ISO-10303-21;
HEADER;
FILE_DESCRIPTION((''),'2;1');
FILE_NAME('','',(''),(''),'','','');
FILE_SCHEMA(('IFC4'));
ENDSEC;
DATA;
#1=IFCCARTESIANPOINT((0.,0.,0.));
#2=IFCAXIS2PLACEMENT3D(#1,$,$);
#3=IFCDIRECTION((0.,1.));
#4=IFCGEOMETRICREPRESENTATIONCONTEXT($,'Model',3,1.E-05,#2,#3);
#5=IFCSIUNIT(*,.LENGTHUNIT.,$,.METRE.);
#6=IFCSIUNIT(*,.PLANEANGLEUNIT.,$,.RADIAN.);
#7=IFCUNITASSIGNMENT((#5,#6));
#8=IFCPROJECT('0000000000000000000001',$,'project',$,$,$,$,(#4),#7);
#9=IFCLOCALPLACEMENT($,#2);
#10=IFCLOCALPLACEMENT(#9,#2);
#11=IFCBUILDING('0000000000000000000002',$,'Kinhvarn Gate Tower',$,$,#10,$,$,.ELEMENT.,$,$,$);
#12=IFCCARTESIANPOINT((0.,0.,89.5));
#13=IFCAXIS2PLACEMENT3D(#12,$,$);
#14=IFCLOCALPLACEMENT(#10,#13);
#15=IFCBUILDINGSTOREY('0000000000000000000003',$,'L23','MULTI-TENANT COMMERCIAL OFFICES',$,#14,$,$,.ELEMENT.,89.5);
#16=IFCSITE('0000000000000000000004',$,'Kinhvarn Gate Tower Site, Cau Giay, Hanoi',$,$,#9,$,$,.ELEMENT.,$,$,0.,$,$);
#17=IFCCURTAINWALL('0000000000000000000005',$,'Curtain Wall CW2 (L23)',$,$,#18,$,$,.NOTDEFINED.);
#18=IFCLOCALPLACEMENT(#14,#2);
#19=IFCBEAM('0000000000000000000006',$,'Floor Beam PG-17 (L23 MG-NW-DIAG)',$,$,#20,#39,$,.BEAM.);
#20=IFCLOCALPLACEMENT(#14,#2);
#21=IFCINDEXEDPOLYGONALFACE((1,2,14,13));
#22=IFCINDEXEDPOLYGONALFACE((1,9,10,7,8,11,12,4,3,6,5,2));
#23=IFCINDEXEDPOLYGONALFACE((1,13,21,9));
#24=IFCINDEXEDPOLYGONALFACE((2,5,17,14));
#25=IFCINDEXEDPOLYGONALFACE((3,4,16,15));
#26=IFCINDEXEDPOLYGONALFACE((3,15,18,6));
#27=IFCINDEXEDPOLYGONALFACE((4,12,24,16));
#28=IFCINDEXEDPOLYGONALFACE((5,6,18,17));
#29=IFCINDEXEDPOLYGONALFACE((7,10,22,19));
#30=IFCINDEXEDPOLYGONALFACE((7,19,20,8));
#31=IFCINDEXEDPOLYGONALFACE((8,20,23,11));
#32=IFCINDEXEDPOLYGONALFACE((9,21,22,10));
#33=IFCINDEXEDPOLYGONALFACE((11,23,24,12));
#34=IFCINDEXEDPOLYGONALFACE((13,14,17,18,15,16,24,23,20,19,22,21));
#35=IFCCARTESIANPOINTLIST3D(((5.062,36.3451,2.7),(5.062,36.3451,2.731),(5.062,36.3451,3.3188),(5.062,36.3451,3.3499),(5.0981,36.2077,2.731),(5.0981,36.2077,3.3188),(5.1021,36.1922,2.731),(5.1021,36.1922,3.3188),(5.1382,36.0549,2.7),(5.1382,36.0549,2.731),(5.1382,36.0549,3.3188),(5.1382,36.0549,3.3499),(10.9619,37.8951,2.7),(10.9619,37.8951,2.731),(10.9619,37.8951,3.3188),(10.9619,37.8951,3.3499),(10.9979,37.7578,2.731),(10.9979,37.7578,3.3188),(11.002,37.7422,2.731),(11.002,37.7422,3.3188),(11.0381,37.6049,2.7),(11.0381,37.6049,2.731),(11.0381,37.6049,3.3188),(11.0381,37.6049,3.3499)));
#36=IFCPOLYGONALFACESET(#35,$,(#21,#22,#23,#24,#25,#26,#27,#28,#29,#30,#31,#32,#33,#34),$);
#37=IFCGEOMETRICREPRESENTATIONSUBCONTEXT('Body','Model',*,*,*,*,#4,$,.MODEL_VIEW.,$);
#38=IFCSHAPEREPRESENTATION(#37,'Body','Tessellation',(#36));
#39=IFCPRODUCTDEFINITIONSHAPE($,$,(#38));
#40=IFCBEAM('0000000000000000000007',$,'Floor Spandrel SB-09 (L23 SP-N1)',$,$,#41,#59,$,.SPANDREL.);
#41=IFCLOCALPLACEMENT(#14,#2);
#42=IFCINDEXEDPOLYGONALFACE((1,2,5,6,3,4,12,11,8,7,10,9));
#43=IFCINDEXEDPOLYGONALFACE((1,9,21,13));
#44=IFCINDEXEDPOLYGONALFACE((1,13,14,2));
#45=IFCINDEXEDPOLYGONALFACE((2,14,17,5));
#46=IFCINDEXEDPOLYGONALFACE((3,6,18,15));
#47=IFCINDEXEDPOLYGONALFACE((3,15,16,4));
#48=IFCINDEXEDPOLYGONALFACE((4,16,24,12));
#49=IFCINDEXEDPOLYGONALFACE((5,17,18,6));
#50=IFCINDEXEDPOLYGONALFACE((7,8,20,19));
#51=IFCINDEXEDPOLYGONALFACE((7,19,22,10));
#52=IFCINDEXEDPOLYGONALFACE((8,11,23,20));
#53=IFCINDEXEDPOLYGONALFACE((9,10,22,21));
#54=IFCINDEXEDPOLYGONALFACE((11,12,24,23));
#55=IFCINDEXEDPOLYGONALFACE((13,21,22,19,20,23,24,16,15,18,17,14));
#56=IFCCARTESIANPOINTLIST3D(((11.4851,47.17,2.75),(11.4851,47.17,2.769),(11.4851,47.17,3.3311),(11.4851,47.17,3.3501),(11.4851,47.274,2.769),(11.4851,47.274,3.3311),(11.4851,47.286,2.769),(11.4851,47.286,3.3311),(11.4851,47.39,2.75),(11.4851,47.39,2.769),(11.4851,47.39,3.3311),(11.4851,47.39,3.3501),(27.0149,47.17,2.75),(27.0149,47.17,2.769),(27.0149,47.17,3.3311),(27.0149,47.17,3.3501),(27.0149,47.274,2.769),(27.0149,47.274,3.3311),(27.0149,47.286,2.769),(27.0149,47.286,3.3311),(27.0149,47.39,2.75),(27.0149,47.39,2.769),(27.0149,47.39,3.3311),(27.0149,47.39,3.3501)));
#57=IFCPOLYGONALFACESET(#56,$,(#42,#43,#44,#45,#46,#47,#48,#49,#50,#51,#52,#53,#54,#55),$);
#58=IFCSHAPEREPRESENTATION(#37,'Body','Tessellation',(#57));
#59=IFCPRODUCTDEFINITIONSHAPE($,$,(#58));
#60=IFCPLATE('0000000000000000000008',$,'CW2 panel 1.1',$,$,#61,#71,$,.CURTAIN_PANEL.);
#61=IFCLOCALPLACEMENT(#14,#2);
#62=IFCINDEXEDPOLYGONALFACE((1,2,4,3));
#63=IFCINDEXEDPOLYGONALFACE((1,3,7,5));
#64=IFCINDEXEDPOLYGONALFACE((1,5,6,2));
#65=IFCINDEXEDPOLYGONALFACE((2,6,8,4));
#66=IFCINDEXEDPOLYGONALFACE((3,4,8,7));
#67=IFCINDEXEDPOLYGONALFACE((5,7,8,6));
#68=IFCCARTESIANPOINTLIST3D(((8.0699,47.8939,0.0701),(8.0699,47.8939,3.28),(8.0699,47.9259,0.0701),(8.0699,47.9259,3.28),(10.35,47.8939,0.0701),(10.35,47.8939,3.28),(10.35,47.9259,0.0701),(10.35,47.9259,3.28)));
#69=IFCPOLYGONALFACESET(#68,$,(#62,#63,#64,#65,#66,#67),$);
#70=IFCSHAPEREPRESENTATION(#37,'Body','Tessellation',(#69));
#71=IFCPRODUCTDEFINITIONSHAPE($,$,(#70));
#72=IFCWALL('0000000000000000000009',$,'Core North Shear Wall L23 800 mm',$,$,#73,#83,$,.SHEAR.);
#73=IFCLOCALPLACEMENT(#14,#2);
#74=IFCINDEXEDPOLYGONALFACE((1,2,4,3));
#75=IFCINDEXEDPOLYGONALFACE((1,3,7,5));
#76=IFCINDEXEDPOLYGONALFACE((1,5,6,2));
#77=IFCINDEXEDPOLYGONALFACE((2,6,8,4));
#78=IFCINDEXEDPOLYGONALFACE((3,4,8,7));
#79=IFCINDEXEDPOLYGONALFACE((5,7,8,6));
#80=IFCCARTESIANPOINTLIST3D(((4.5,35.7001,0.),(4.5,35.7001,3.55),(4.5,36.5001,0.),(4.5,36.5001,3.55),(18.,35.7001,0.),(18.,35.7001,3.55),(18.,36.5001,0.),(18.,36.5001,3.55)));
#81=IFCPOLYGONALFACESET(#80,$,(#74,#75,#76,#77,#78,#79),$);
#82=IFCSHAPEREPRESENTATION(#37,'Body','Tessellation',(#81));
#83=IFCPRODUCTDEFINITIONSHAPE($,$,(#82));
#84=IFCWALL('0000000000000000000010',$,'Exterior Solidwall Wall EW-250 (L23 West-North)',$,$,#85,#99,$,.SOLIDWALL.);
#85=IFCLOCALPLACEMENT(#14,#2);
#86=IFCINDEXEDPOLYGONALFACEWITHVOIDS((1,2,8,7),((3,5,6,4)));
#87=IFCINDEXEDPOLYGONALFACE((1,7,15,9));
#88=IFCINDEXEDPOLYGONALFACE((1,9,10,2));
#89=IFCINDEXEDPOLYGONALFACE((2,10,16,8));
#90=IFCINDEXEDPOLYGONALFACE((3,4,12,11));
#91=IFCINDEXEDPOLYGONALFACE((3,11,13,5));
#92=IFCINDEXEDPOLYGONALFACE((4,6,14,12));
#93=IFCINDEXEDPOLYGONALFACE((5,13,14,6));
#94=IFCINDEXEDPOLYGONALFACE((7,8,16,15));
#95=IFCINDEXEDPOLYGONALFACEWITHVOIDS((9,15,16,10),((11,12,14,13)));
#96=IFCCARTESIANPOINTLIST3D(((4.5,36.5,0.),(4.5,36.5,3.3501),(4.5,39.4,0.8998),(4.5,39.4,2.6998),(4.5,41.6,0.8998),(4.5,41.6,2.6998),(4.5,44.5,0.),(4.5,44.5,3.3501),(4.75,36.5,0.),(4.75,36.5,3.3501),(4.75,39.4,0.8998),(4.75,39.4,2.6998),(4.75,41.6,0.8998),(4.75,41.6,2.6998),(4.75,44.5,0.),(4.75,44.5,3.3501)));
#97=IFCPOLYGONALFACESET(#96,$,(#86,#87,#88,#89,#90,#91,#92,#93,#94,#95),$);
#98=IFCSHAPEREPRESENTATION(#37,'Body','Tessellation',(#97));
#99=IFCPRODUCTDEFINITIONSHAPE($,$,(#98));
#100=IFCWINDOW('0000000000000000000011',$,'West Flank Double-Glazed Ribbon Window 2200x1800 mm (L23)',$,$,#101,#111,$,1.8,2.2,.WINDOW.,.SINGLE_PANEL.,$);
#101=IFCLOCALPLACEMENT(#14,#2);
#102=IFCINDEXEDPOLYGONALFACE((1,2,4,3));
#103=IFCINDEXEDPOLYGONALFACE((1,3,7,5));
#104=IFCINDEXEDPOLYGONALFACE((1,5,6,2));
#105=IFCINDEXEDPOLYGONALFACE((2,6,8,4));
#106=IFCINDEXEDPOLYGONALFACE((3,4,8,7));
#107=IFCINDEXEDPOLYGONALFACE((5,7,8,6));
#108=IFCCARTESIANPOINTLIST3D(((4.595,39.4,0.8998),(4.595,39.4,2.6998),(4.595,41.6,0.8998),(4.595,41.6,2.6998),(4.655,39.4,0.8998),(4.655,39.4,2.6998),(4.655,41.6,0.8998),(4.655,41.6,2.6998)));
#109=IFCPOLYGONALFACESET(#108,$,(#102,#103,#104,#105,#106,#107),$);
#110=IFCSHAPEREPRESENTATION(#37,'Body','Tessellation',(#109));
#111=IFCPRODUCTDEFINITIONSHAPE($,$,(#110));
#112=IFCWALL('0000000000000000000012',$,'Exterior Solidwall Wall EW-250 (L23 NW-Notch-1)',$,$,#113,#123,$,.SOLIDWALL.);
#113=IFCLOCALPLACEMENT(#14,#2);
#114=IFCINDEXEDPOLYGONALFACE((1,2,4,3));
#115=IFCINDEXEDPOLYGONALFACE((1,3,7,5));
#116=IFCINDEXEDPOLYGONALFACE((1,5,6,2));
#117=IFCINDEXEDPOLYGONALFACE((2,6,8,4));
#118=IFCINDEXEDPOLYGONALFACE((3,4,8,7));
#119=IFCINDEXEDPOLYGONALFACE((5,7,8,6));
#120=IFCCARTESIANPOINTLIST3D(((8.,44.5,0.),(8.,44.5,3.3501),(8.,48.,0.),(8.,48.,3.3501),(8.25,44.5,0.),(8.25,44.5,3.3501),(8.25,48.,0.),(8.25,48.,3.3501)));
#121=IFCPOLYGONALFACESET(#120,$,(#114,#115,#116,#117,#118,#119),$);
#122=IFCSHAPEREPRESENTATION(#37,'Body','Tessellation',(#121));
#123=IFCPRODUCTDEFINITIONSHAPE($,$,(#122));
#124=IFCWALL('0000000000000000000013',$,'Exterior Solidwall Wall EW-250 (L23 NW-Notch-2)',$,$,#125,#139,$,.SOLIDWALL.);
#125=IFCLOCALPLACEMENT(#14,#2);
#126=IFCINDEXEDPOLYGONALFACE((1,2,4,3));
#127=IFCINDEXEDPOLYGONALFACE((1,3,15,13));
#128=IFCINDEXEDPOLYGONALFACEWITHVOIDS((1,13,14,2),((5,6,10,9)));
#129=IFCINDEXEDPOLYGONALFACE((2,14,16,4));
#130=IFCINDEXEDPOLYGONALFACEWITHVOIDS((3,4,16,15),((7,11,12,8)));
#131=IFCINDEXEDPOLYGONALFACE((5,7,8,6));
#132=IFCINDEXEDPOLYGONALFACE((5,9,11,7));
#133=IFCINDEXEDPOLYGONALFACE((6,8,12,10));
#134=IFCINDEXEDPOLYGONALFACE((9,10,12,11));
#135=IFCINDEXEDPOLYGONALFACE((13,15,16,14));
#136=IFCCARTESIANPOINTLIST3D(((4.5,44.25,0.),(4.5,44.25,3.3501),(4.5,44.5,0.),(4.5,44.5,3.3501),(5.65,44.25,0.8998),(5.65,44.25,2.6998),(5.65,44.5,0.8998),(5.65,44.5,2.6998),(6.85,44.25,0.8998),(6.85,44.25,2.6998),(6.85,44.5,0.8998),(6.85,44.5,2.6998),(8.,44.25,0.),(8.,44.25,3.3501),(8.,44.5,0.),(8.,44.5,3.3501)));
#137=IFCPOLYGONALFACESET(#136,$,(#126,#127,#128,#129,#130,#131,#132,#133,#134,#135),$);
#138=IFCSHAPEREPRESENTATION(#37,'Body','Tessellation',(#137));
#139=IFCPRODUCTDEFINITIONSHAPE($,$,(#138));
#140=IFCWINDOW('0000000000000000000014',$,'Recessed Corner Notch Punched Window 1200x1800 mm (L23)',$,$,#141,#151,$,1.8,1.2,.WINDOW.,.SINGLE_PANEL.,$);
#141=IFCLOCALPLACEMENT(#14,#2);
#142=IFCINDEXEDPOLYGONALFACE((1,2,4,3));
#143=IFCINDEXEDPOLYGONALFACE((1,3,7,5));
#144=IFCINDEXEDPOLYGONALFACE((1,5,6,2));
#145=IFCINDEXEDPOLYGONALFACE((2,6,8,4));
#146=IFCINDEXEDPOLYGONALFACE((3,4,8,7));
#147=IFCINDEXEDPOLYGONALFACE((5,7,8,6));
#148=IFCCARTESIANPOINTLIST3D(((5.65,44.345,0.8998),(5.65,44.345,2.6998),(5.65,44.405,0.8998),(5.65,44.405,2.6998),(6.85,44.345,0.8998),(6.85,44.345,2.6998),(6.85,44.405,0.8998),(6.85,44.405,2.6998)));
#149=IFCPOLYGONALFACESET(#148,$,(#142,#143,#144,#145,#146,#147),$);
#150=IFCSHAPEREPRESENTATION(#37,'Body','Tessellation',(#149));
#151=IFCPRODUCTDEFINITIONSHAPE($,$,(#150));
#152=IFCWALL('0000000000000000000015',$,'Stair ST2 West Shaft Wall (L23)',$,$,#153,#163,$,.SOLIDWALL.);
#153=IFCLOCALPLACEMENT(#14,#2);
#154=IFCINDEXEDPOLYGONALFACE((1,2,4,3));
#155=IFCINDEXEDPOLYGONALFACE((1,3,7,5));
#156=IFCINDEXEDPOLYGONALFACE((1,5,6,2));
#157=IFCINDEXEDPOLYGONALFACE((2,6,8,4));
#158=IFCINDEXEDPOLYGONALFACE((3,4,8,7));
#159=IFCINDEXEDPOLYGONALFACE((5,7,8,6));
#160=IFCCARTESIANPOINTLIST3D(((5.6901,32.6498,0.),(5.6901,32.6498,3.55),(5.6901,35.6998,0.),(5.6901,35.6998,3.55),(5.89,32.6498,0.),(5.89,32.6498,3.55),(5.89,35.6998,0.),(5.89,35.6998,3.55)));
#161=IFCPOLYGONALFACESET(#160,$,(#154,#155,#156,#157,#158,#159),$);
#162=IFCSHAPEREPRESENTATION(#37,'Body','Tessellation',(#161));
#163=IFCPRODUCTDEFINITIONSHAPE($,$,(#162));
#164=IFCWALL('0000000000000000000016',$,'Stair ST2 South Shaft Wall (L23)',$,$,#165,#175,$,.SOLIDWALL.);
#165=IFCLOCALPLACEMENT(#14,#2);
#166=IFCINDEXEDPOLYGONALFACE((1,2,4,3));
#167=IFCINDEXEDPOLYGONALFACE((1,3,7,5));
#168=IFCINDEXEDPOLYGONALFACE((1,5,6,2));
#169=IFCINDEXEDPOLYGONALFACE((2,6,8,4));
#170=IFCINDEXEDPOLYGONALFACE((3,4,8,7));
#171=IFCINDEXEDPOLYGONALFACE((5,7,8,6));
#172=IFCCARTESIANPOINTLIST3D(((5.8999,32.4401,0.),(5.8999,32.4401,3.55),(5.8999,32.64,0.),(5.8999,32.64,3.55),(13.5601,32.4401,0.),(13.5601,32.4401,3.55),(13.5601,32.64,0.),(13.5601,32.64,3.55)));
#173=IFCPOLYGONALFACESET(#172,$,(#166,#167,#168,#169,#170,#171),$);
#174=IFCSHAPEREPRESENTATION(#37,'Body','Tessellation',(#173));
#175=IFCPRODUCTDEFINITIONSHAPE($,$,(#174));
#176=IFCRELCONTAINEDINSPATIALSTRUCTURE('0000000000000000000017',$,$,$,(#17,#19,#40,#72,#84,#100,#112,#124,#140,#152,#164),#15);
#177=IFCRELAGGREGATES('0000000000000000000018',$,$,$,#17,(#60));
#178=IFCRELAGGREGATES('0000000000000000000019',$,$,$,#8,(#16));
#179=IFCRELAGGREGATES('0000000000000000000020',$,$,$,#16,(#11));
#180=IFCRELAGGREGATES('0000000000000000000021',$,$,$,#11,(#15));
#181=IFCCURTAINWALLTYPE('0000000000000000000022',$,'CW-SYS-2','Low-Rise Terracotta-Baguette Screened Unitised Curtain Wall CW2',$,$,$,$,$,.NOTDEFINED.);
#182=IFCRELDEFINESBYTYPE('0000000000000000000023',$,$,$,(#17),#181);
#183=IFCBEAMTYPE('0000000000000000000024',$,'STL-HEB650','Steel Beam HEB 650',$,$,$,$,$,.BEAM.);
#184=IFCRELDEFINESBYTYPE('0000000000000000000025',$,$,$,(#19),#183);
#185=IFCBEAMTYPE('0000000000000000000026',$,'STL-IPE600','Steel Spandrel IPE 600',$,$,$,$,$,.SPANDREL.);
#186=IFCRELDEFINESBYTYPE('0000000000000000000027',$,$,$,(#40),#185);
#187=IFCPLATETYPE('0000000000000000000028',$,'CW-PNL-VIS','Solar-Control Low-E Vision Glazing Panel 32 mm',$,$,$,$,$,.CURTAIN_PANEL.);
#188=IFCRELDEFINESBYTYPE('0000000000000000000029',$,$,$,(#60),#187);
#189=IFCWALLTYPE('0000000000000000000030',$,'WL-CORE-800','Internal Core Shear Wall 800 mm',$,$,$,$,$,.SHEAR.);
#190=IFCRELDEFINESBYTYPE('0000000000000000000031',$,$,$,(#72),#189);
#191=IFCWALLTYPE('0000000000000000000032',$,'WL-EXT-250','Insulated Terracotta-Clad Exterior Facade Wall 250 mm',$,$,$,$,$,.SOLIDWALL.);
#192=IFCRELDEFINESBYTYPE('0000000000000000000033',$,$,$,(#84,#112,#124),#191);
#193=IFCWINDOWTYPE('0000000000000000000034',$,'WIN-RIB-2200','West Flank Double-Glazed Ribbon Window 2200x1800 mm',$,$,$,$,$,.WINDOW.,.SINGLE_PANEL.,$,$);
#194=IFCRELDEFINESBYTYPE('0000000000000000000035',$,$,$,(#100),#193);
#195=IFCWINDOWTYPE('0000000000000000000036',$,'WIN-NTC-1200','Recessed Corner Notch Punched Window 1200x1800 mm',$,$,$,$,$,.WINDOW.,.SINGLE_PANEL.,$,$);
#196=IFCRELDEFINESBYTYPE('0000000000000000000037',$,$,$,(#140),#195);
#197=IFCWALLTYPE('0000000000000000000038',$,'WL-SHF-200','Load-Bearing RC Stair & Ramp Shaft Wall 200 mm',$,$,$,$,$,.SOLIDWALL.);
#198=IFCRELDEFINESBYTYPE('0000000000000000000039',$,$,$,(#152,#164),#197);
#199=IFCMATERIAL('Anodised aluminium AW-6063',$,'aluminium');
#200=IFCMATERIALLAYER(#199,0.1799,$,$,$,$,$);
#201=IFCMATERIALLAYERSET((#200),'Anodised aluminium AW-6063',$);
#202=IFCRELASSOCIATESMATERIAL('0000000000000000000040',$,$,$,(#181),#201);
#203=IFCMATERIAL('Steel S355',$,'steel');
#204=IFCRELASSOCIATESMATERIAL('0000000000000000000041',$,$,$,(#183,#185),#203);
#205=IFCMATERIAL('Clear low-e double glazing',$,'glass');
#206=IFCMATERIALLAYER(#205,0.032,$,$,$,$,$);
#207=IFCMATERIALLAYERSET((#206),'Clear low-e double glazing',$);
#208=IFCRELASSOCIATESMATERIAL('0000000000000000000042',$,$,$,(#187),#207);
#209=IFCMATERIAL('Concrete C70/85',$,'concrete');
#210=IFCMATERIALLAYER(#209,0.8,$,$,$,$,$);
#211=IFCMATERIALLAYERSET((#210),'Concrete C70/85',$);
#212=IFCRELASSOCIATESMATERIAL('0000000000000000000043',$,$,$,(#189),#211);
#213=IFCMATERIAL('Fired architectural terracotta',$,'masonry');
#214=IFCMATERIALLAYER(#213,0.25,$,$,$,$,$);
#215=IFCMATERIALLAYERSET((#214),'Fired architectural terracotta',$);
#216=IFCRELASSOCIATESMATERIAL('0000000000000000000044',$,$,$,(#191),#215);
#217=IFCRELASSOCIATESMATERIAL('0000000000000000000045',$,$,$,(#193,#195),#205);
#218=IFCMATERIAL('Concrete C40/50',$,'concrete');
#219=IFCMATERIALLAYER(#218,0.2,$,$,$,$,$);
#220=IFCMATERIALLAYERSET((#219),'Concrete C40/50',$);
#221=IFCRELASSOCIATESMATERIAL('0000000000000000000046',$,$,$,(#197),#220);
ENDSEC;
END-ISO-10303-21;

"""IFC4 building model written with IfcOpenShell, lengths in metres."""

from ifc_helpers import new_model, si_unit, direction, frame, frame_2d, origin, origin_2d, place, context, subcontext, project, spatial, rectangle, i_section, extrude, material, layer, layer_set, material_profile, profile_set, type_object, element, fill, aggregate, save


model = new_model("IFC4")

# Units and contexts
model_context = context("Model", 3, precision=1e-05, world=origin(), true_north=direction((0.0, 1.0)))
body_context = subcontext(model_context, "Body", "Model", "MODEL_VIEW")
ifc_project = project(units=[si_unit("LENGTHUNIT", "METRE"), si_unit("PLANEANGLEUNIT", "RADIAN")], contexts=[model_context])

# Site, building, storey
site_placement = place(None, origin())
site = spatial("IfcSite", under=ifc_project, at=site_placement, Name="Kinhvarn Gate Tower Site, Cau Giay, Hanoi", CompositionType="ELEMENT", RefElevation=0.0)
building_placement = place(site_placement, origin())
building = spatial("IfcBuilding", under=site, at=building_placement, Name="Kinhvarn Gate Tower", CompositionType="ELEMENT")
storey_placement = place(building_placement, frame((0.0, 0.0, 89.5)))
storey = spatial("IfcBuildingStorey", under=building, at=storey_placement, Name="L23", Description="MULTI-TENANT COMMERCIAL OFFICES", CompositionType="ELEMENT", Elevation=89.5)

# Shared definitions
ifc_material_1 = material(Name="Concrete C70/85", Category="concrete")

# Shared definitions
ifc_material_2 = material(Name="Anodised aluminium AW-6063", Category="aluminium")
ifc_layer_1 = layer(ifc_material_2, 0.1799)
ifc_layer_set_1 = layer_set([ifc_layer_1], Name="Anodised aluminium AW-6063")
curtain_wall_type = type_object("IfcCurtainWallType", Name="CW-SYS-2", Description="Low-Rise Terracotta-Baguette Screened Unitised Curtain Wall CW2", PredefinedType="NOTDEFINED", material=ifc_layer_set_1)

# Curtain wall
curtain_wall_1_placement = place(storey_placement, origin())
curtain_wall_1 = element("IfcCurtainWall", 1, at=curtain_wall_1_placement, inside=storey, type_object=curtain_wall_type, Name="Curtain Wall CW2 (L23)", PredefinedType="NOTDEFINED")

# Beams
ifc_material_3 = material(Name="Steel S355", Category="steel")
ifc_material_profile_1 = material_profile(ifc_material_3, i_section(OverallWidth=0.3, OverallDepth=0.6499, WebThickness=0.0161, FlangeThickness=0.031, at=origin_2d()), Name="HEB 650")
ifc_profile_set_1 = profile_set([ifc_material_profile_1], Name="Steel S355")
beam_type_1 = type_object("IfcBeamType", Name="STL-HEB650", Description="Steel Beam HEB 650", PredefinedType="BEAM", material=ifc_profile_set_1)
beam_1_placement = place(storey_placement, frame((5.1001, 36.2, 3.0249), z_axis=(0.967178, 0.254101, 0.0), x_axis=(-0.254101, 0.967178, 0.0)))
element("IfcBeam", 2, at=beam_1_placement, inside=storey, type_object=beam_type_1, Name="Floor Beam PG-17 (L23 MG-NW-DIAG)", PredefinedType="BEAM", context=body_context, shape_type="SweptSolid", body=[
    extrude(i_section(OverallWidth=0.3, OverallDepth=0.6499, WebThickness=0.0161, FlangeThickness=0.031, at=origin_2d()), origin(), (0.0, 0.0, 1.0), 6.1001),
])
ifc_material_profile_2 = material_profile(ifc_material_3, i_section(OverallWidth=0.22, OverallDepth=0.6001, WebThickness=0.012, FlangeThickness=0.019, at=origin_2d()), Name="IPE 600")
ifc_profile_set_2 = profile_set([ifc_material_profile_2], Name="Steel S355")
beam_type_2 = type_object("IfcBeamType", Name="STL-IPE600", Description="Steel Spandrel IPE 600", PredefinedType="SPANDREL", material=ifc_profile_set_2)
beam_2_placement = place(storey_placement, frame((11.4851, 47.28, 3.05), z_axis=(1.0, 0.0, 0.0), x_axis=(0.0, 1.0, 0.0)))
element("IfcBeam", 3, at=beam_2_placement, inside=storey, type_object=beam_type_2, Name="Floor Spandrel SB-09 (L23 SP-N1)", PredefinedType="SPANDREL", context=body_context, shape_type="SweptSolid", body=[
    extrude(i_section(OverallWidth=0.22, OverallDepth=0.6001, WebThickness=0.012, FlangeThickness=0.019, at=origin_2d()), origin(), (0.0, 0.0, 1.0), 15.5298),
])

# Plate
ifc_material_4 = material(Name="Clear low-e double glazing", Category="glass")
ifc_layer_2 = layer(ifc_material_4, 0.032)
ifc_layer_set_2 = layer_set([ifc_layer_2], Name="Clear low-e double glazing")
plate_type = type_object("IfcPlateType", Name="CW-PNL-VIS", Description="Solar-Control Low-E Vision Glazing Panel 32 mm", PredefinedType="CURTAIN_PANEL", material=ifc_layer_set_2)
plate_placement = place(storey_placement, frame((9.21, 47.9099, 0.0701), z_axis=(0.0, 0.0, 1.0), x_axis=(-1.0, 0.0, 0.0)))
plate = element("IfcPlate", 4, at=plate_placement, type_object=plate_type, Name="CW2 panel 1.1", PredefinedType="CURTAIN_PANEL", context=body_context, shape_type="SweptSolid", body=[
    extrude(rectangle(XDim=2.28, YDim=0.032, at=origin_2d()), origin(), (0.0, 0.0, 1.0), 3.21),
])
aggregate(curtain_wall_1, [plate])

# Wall
ifc_layer_3 = layer(ifc_material_1, 0.8)
ifc_layer_set_3 = layer_set([ifc_layer_3], Name="Concrete C70/85")
wall_type_1 = type_object("IfcWallType", Name="WL-CORE-800", Description="Internal Core Shear Wall 800 mm", PredefinedType="SHEAR", material=ifc_layer_set_3)
wall_1_placement = place(storey_placement, frame((4.5, 36.1001, 0.0), z_axis=(0.0, 0.0, 1.0), x_axis=(1.0, 0.0, 0.0)))
element("IfcWall", 5, at=wall_1_placement, inside=storey, type_object=wall_type_1, Name="Core North Shear Wall L23 800 mm", PredefinedType="SHEAR", context=body_context, shape_type="SweptSolid", body=[
    extrude(rectangle(XDim=13.5, YDim=0.8, at=frame_2d((6.75, 0.0))), origin(), (0.0, 0.0, 1.0), 3.55),
])

# Wall, opening, window
ifc_material_5 = material(Name="Fired architectural terracotta", Category="masonry")
ifc_layer_4 = layer(ifc_material_5, 0.25)
ifc_layer_set_4 = layer_set([ifc_layer_4], Name="Fired architectural terracotta")
wall_type_2 = type_object("IfcWallType", Name="WL-EXT-250", Description="Insulated Terracotta-Clad Exterior Facade Wall 250 mm", PredefinedType="SOLIDWALL", material=ifc_layer_set_4)
wall_2_placement = place(storey_placement, frame((4.625, 44.5, 0.0), z_axis=(0.0, 0.0, 1.0), x_axis=(0.0, -1.0, 0.0)))
wall_2 = element("IfcWall", 6, at=wall_2_placement, inside=storey, type_object=wall_type_2, Name="Exterior Solidwall Wall EW-250 (L23 West-North)", PredefinedType="SOLIDWALL", context=body_context, shape_type="SweptSolid", body=[
    extrude(rectangle(XDim=8.0, YDim=0.25, at=frame_2d((4.0, 0.0))), origin(), (0.0, 0.0, 1.0), 3.3501),
])
opening_1_placement = place(wall_2_placement, frame((2.8999, 0.0, 0.8999)))
opening_1 = element("IfcOpeningElement", 7, at=opening_1_placement, cuts=wall_2, PredefinedType="OPENING", context=body_context, shape_type="SweptSolid", body=[
    extrude(rectangle(XDim=2.2, YDim=1.8, at=frame_2d((1.1001, 0.8999))), frame((0.0, 0.135, 0.0), z_axis=(0.0, -1.0, 0.0), x_axis=(1.0, 0.0, 0.0)), (0.0, 0.0, 1.0), 0.27),
])
window_type_1 = type_object("IfcWindowType", Name="WIN-RIB-2200", Description="West Flank Double-Glazed Ribbon Window 2200x1800 mm", PartitioningType="SINGLE_PANEL", PredefinedType="WINDOW", material=ifc_material_4)
window_1_placement = place(opening_1_placement, origin())
window_1 = element("IfcWindow", 8, at=window_1_placement, inside=storey, type_object=window_type_1, Name="West Flank Double-Glazed Ribbon Window 2200x1800 mm (L23)", OverallHeight=1.8, OverallWidth=2.2, PartitioningType="SINGLE_PANEL", PredefinedType="WINDOW", context=body_context, shape_type="SweptSolid", body=[
    extrude(rectangle(XDim=2.2, YDim=1.8, at=frame_2d((1.1001, 0.8999))), frame((0.0, 0.03, 0.0), z_axis=(0.0, -1.0, 0.0), x_axis=(1.0, 0.0, 0.0)), (0.0, 0.0, 1.0), 0.0601),
])
fill(opening_1, window_1)

# Wall
wall_3_placement = place(storey_placement, frame((8.125, 48.0, 0.0), z_axis=(0.0, 0.0, 1.0), x_axis=(0.0, -1.0, 0.0)))
element("IfcWall", 9, at=wall_3_placement, inside=storey, type_object=wall_type_2, Name="Exterior Solidwall Wall EW-250 (L23 NW-Notch-1)", PredefinedType="SOLIDWALL", context=body_context, shape_type="SweptSolid", body=[
    extrude(rectangle(XDim=3.5, YDim=0.25, at=frame_2d((1.75, 0.0))), origin(), (0.0, 0.0, 1.0), 3.3501),
])

# Wall, opening, window
wall_4_placement = place(storey_placement, frame((8.0, 44.375, 0.0), z_axis=(0.0, 0.0, 1.0), x_axis=(-1.0, 0.0, 0.0)))
wall_4 = element("IfcWall", 10, at=wall_4_placement, inside=storey, type_object=wall_type_2, Name="Exterior Solidwall Wall EW-250 (L23 NW-Notch-2)", PredefinedType="SOLIDWALL", context=body_context, shape_type="SweptSolid", body=[
    extrude(rectangle(XDim=3.5, YDim=0.25, at=frame_2d((1.75, 0.0))), origin(), (0.0, 0.0, 1.0), 3.3501),
])
opening_2_placement = place(wall_4_placement, frame((1.1499, 0.0, 0.8999)))
opening_2 = element("IfcOpeningElement", 11, at=opening_2_placement, cuts=wall_4, PredefinedType="OPENING", context=body_context, shape_type="SweptSolid", body=[
    extrude(rectangle(XDim=1.2, YDim=1.8, at=frame_2d((0.6001, 0.8999))), frame((0.0, 0.135, 0.0), z_axis=(0.0, -1.0, 0.0), x_axis=(1.0, 0.0, 0.0)), (0.0, 0.0, 1.0), 0.27),
])
window_type_2 = type_object("IfcWindowType", Name="WIN-NTC-1200", Description="Recessed Corner Notch Punched Window 1200x1800 mm", PartitioningType="SINGLE_PANEL", PredefinedType="WINDOW", material=ifc_material_4)
window_2_placement = place(opening_2_placement, origin())
window_2 = element("IfcWindow", 12, at=window_2_placement, inside=storey, type_object=window_type_2, Name="Recessed Corner Notch Punched Window 1200x1800 mm (L23)", OverallHeight=1.8, OverallWidth=1.2, PartitioningType="SINGLE_PANEL", PredefinedType="WINDOW", context=body_context, shape_type="SweptSolid", body=[
    extrude(rectangle(XDim=1.2, YDim=1.8, at=frame_2d((0.6001, 0.8999))), frame((0.0, 0.03, 0.0), z_axis=(0.0, -1.0, 0.0), x_axis=(1.0, 0.0, 0.0)), (0.0, 0.0, 1.0), 0.0601),
])
fill(opening_2, window_2)

# Walls
ifc_material_6 = material(Name="Concrete C40/50", Category="concrete")
ifc_layer_5 = layer(ifc_material_6, 0.2)
ifc_layer_set_5 = layer_set([ifc_layer_5], Name="Concrete C40/50")
wall_type_3 = type_object("IfcWallType", Name="WL-SHF-200", Description="Load-Bearing RC Stair & Ramp Shaft Wall 200 mm", PredefinedType="SOLIDWALL", material=ifc_layer_set_5)
wall_5_placement = place(storey_placement, frame((5.79, 32.6499, 0.0), z_axis=(0.0, 0.0, 1.0), x_axis=(0.0, 1.0, 0.0)))
element("IfcWall", 13, at=wall_5_placement, inside=storey, type_object=wall_type_3, Name="Stair ST2 West Shaft Wall (L23)", PredefinedType="SOLIDWALL", context=body_context, shape_type="SweptSolid", body=[
    extrude(rectangle(XDim=3.05, YDim=0.2, at=frame_2d((1.5249, 0.0))), origin(), (0.0, 0.0, 1.0), 3.55),
])
wall_6_placement = place(storey_placement, frame((5.8999, 32.54, 0.0), z_axis=(0.0, 0.0, 1.0), x_axis=(1.0, 0.0, 0.0)))
element("IfcWall", 14, at=wall_6_placement, inside=storey, type_object=wall_type_3, Name="Stair ST2 South Shaft Wall (L23)", PredefinedType="SOLIDWALL", context=body_context, shape_type="SweptSolid", body=[
    extrude(rectangle(XDim=7.6602, YDim=0.2, at=frame_2d((3.8301, 0.0))), origin(), (0.0, 0.0, 1.0), 3.55),
])

save(model, "model.ifc")
